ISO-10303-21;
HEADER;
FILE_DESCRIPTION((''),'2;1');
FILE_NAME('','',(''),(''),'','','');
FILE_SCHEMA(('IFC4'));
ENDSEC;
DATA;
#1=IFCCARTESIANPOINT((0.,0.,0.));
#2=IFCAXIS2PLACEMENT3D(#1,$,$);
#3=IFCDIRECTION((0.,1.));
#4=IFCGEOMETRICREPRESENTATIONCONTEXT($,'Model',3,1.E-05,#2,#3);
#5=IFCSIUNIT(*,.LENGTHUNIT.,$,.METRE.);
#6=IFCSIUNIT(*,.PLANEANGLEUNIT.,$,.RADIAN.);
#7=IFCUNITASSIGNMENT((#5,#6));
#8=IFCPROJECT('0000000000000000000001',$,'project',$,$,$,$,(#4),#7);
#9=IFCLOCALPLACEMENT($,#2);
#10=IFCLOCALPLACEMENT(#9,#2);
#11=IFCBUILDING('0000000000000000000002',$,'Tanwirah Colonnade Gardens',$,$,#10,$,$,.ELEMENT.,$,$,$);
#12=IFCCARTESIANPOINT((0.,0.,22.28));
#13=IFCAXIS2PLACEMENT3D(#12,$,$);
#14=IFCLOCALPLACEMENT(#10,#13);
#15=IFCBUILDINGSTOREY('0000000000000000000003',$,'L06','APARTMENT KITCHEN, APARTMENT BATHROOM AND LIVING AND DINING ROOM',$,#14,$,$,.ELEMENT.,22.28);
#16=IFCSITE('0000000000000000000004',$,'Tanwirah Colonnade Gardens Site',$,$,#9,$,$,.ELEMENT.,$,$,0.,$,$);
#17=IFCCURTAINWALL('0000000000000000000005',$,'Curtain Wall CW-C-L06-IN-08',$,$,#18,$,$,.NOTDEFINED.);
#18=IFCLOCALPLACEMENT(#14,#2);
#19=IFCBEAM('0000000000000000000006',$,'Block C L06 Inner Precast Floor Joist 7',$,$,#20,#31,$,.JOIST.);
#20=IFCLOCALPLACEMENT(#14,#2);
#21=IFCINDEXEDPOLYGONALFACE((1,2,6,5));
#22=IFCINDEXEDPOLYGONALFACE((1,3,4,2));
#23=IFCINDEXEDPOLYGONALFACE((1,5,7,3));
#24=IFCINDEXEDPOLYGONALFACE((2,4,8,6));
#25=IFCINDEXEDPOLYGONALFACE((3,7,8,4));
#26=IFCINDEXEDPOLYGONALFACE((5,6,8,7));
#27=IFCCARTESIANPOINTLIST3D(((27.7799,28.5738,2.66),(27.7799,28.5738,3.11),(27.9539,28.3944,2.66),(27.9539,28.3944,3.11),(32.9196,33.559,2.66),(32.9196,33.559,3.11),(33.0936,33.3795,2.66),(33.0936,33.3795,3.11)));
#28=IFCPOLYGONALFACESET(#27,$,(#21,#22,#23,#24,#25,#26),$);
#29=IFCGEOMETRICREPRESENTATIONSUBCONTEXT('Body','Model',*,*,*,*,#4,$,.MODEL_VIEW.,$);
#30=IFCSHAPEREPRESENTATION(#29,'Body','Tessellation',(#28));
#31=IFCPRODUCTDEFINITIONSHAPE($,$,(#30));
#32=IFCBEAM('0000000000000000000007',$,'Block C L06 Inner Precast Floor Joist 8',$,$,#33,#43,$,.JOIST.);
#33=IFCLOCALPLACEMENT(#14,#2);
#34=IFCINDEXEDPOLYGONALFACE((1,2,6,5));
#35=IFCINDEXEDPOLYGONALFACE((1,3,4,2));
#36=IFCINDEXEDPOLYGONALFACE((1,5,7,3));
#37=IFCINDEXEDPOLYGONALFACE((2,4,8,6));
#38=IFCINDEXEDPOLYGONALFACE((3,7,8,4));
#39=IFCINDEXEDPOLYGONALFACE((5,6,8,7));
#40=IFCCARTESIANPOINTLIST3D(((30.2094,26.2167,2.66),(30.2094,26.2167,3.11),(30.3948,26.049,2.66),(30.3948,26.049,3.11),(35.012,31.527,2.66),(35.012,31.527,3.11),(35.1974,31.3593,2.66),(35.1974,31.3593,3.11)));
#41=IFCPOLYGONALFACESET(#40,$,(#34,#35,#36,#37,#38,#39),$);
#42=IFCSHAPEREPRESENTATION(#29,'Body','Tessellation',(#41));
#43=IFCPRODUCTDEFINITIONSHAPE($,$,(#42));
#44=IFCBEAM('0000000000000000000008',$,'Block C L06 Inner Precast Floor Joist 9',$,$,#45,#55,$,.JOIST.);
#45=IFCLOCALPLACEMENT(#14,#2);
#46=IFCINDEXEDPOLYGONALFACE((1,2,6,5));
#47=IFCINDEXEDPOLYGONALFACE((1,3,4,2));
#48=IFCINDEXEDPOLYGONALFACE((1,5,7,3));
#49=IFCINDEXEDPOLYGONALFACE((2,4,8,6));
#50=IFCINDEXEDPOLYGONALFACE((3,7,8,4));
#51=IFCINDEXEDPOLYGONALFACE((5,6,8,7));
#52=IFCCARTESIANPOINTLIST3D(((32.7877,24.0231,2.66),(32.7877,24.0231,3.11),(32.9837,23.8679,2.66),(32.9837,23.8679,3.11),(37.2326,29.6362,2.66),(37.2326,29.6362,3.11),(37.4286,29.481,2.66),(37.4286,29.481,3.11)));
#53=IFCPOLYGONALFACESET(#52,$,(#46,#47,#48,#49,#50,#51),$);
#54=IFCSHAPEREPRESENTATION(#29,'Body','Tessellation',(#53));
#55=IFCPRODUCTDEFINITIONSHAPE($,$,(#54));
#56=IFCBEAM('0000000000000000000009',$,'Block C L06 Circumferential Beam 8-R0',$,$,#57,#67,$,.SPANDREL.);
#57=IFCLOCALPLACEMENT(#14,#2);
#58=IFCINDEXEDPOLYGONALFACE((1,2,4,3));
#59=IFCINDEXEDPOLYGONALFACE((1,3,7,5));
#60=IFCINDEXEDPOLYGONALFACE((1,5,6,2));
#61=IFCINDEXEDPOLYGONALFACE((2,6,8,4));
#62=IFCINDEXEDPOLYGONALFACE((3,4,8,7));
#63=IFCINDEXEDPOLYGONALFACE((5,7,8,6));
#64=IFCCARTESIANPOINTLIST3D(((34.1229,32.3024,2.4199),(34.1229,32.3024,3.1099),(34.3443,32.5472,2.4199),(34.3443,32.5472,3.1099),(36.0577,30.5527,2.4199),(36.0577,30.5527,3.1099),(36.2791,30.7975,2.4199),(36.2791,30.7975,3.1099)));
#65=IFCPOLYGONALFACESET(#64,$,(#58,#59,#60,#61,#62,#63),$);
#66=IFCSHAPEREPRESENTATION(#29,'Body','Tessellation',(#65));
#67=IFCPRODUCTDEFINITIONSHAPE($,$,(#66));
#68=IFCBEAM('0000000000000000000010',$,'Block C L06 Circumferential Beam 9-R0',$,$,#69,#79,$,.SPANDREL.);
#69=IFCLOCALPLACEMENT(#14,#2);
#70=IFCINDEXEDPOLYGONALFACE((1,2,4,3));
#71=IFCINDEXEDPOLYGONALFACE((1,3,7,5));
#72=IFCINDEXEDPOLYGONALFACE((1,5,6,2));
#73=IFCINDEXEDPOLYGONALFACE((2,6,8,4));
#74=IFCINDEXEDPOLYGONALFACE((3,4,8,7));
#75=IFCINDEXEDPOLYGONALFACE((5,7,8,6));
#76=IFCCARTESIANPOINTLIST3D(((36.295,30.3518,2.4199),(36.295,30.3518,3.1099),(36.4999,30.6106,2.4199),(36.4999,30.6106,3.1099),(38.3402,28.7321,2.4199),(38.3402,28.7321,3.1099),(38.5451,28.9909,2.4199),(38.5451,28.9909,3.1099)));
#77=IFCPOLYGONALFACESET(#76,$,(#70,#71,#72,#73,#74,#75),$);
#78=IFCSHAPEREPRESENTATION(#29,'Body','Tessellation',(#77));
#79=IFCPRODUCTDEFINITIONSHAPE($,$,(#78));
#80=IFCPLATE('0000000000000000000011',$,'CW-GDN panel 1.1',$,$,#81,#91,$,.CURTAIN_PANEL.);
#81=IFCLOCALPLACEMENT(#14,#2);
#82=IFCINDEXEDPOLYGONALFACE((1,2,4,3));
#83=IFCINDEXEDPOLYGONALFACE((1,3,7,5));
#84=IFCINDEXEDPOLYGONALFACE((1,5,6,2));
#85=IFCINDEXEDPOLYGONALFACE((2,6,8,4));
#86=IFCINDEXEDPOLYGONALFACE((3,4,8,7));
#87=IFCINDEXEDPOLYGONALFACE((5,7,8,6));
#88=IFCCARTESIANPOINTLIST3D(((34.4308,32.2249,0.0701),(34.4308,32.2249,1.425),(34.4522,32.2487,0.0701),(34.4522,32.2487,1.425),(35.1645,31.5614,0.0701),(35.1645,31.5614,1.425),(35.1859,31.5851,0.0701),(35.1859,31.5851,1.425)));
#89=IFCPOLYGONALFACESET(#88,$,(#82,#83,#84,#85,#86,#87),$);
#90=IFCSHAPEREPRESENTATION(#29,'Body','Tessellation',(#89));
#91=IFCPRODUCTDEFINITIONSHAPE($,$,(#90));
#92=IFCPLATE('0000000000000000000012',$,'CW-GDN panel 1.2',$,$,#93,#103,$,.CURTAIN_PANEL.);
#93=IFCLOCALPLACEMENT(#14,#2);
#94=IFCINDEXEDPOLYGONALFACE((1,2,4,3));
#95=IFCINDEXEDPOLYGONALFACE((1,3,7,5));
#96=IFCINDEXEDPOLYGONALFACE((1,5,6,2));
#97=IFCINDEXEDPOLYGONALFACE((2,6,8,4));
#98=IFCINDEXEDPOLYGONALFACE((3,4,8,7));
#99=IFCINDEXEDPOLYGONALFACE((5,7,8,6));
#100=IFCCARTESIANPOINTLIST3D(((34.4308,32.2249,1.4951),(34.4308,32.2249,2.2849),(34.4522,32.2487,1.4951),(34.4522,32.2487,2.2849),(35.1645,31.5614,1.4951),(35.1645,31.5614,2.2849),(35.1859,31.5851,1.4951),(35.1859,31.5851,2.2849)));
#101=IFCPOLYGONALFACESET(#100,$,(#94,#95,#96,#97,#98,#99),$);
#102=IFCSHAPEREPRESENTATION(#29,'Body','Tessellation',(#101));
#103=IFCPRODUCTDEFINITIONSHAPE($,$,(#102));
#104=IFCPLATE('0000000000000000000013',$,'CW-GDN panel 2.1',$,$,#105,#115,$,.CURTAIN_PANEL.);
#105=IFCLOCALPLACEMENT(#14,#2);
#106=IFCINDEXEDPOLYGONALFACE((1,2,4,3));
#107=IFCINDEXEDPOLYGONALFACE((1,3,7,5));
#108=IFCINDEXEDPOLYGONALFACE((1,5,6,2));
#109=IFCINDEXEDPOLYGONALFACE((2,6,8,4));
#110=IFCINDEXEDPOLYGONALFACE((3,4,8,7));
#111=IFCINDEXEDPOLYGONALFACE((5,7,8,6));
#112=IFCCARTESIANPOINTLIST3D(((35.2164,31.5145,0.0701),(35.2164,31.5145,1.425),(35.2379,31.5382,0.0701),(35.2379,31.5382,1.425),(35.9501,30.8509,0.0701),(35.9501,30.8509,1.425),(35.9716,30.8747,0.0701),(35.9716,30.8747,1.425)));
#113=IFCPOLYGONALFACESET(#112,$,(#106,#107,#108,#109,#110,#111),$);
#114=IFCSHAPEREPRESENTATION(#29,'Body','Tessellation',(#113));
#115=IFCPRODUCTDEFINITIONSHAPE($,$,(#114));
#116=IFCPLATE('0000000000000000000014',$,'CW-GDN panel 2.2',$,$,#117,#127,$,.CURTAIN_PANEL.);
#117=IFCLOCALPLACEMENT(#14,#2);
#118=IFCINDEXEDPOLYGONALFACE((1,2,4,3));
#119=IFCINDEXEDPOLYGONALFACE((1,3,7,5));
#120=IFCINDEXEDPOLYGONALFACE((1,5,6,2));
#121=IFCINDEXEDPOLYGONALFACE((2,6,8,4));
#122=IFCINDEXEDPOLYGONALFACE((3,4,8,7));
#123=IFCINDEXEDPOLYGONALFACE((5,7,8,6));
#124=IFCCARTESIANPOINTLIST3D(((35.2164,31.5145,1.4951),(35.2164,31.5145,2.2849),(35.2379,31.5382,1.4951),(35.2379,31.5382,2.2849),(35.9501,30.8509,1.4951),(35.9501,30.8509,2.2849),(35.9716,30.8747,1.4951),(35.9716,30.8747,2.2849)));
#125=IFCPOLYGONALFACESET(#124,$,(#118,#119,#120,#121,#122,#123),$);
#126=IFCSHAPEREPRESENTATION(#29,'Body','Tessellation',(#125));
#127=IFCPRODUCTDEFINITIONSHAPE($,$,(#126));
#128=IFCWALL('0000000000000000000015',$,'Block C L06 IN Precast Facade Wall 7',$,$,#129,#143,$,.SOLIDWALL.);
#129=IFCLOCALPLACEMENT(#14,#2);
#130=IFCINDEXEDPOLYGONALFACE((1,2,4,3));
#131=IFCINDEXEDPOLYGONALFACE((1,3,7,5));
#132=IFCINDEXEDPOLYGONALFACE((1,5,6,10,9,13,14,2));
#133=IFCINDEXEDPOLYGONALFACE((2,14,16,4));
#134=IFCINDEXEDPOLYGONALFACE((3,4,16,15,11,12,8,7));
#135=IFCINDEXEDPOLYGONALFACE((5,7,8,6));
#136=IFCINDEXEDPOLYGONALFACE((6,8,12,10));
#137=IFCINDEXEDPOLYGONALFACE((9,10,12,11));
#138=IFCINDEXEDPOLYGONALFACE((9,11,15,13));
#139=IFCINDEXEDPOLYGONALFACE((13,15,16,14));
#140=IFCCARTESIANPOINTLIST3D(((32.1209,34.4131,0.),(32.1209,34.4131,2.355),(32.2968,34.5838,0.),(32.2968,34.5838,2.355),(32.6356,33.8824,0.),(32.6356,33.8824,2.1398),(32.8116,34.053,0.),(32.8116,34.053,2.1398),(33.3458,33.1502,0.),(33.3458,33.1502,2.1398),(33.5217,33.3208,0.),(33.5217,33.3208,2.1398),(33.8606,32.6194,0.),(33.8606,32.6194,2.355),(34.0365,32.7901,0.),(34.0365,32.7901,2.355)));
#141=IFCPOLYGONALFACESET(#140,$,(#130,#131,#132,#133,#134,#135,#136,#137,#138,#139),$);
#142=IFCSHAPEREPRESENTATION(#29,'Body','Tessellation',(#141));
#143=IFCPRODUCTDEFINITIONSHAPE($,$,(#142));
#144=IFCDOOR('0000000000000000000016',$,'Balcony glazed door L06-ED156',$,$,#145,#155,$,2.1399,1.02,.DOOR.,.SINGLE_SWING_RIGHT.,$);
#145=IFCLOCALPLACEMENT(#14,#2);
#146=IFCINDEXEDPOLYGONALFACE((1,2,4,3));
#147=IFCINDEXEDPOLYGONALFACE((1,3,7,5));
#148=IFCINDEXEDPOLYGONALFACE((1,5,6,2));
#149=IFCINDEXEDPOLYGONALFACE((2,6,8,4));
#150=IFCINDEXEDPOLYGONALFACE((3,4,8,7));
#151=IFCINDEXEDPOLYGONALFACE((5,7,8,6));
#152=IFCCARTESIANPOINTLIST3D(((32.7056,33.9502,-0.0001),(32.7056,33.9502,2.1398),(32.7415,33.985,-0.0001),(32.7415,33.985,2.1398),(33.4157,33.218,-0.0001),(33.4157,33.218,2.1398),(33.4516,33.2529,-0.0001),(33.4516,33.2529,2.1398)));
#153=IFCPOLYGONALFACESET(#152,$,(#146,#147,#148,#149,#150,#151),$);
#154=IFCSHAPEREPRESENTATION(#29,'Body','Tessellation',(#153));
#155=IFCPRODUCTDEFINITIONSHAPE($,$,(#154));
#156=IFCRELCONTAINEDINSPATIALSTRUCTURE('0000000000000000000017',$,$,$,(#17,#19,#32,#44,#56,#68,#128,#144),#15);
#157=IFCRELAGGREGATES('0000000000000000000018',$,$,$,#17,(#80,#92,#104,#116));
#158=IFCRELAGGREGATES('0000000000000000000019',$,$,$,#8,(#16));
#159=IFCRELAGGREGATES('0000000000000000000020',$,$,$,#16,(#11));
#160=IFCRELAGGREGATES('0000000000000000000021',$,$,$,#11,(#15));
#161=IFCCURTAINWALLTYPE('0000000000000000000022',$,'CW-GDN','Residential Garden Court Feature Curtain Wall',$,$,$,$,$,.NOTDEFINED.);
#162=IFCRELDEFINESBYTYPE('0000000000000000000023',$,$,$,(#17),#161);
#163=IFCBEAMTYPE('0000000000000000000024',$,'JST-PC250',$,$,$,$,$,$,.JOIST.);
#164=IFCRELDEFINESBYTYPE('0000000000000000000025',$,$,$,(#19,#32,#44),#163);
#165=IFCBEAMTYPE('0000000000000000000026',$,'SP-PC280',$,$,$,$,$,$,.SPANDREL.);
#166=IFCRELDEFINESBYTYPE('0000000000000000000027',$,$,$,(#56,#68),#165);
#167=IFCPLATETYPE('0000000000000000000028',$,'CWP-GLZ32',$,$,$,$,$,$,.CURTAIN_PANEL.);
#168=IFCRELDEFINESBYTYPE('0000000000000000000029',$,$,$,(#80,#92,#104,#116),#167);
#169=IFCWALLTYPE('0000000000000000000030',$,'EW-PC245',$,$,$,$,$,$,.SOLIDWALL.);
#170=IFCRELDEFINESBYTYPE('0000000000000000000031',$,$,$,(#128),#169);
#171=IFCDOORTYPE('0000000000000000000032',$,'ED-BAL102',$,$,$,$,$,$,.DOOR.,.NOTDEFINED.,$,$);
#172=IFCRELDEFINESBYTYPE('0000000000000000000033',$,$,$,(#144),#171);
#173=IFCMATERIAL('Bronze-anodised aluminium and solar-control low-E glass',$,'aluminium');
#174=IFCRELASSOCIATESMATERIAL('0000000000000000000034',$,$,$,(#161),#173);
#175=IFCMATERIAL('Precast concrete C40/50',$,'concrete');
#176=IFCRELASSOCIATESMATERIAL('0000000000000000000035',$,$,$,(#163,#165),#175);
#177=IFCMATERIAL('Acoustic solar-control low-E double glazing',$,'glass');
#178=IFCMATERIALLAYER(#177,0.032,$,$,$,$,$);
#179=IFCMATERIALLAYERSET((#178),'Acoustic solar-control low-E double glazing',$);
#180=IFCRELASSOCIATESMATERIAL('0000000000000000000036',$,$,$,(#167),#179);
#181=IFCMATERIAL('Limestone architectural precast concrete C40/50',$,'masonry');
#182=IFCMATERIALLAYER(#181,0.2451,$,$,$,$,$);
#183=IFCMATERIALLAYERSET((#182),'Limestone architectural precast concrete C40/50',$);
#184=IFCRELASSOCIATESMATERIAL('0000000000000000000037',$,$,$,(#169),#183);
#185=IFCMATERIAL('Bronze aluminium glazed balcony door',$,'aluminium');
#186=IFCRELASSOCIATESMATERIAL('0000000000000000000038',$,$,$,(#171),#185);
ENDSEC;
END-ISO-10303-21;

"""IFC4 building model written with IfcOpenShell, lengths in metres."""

from ifc_helpers import new_model, si_unit, direction, frame, frame_2d, origin, origin_2d, place, context, subcontext, project, spatial, rectangle, extrude, material, layer, layer_set, material_profile, profile_set, type_object, element, fill, aggregate, save


model = new_model("IFC4")

# Units and contexts
model_context = context("Model", 3, precision=1e-05, world=origin(), true_north=direction((0.0, 1.0)))
body_context = subcontext(model_context, "Body", "Model", "MODEL_VIEW")
ifc_project = project(units=[si_unit("LENGTHUNIT", "METRE"), si_unit("PLANEANGLEUNIT", "RADIAN")], contexts=[model_context])

# Site, building, storey
site_placement = place(None, origin())
site = spatial("IfcSite", under=ifc_project, at=site_placement, Name="Tanwirah Colonnade Gardens Site", CompositionType="ELEMENT", RefElevation=0.0)
building_placement = place(site_placement, origin())
building = spatial("IfcBuilding", under=site, at=building_placement, Name="Tanwirah Colonnade Gardens", CompositionType="ELEMENT")
storey_placement = place(building_placement, frame((0.0, 0.0, 22.28)))
storey = spatial("IfcBuildingStorey", under=building, at=storey_placement, Name="L06", Description="APARTMENT KITCHEN, APARTMENT BATHROOM AND LIVING AND DINING ROOM", CompositionType="ELEMENT", Elevation=22.28)

# Shared definitions
ifc_material_1 = material(Name="Precast concrete C40/50", Category="concrete")

# Curtain wall
ifc_material_2 = material(Name="Bronze-anodised aluminium and solar-control low-E glass", Category="aluminium")
curtain_wall_type = type_object("IfcCurtainWallType", Name="CW-GDN", Description="Residential Garden Court Feature Curtain Wall", PredefinedType="NOTDEFINED", material=ifc_material_2)
curtain_wall_placement = place(storey_placement, origin())
curtain_wall = element("IfcCurtainWall", 1, at=curtain_wall_placement, inside=storey, type_object=curtain_wall_type, Name="Curtain Wall CW-C-L06-IN-08", PredefinedType="NOTDEFINED")

# Beams
ifc_material_profile_1 = material_profile(ifc_material_1, rectangle(XDim=0.25, YDim=0.45, at=origin_2d()), Name="PC-JST 250x450")
ifc_profile_set_1 = profile_set([ifc_material_profile_1], Name="Precast concrete C40/50")
beam_type_1 = type_object("IfcBeamType", Name="JST-PC250", PredefinedType="JOIST", material=ifc_profile_set_1)
beam_1_placement = place(storey_placement, frame((33.0066, 33.4692, 2.885), z_axis=(-0.717816, -0.696233, 0.0), x_axis=(0.696233, -0.717816, 0.0)))
element("IfcBeam", 2, at=beam_1_placement, inside=storey, type_object=beam_type_1, Name="Block C L06 Inner Precast Floor Joist 7", PredefinedType="JOIST", context=body_context, shape_type="SweptSolid", body=[
    extrude(rectangle(XDim=0.25, YDim=0.45, at=origin_2d()), origin(), (0.0, 0.0, 1.0), 7.1602),
])
for number, where, z_axis, x_axis, name in (
    (3, (35.1047, 31.4431, 2.885), (-0.670773, -0.741663, 0.0), (0.741663, -0.670773, 0.0), "Block C L06 Inner Precast Floor Joist 8"),
    (4, (37.3306, 29.5586, 2.885), (-0.620803, -0.783966, 0.0), (0.783966, -0.620803, 0.0), "Block C L06 Inner Precast Floor Joist 9"),
):
    element("IfcBeam", number, at=place(storey_placement, frame(where, z_axis=z_axis, x_axis=x_axis)), inside=storey, type_object=beam_type_1, Name=name, PredefinedType="JOIST", context=body_context, shape_type="SweptSolid", body=[
        extrude(rectangle(XDim=0.25, YDim=0.45, at=origin_2d()), origin(), (0.0, 0.0, 1.0), 7.1599),
    ])
ifc_material_profile_2 = material_profile(ifc_material_1, rectangle(XDim=0.3301, YDim=0.6899, at=origin_2d()), Name="PC-SP 330x690")
ifc_profile_set_2 = profile_set([ifc_material_profile_2], Name="Precast concrete C40/50")
beam_type_2 = type_object("IfcBeamType", Name="SP-PC280", PredefinedType="SPANDREL", material=ifc_profile_set_2)
beam_2_placement = place(storey_placement, frame((34.2336, 32.4248, 2.7649), z_axis=(0.741687, -0.670747, 0.0), x_axis=(0.670747, 0.741687, 0.0)))
element("IfcBeam", 5, at=beam_2_placement, inside=storey, type_object=beam_type_2, Name="Block C L06 Circumferential Beam 8-R0", PredefinedType="SPANDREL", context=body_context, shape_type="SweptSolid", body=[
    extrude(rectangle(XDim=0.3301, YDim=0.6899, at=origin_2d()), origin(), (0.0, 0.0, 1.0), 2.6086),
])
beam_3_placement = place(storey_placement, frame((36.3975, 30.4812, 2.7649), z_axis=(0.783945, -0.62083, 0.0), x_axis=(0.62083, 0.783945, 0.0)))
element("IfcBeam", 6, at=beam_3_placement, inside=storey, type_object=beam_type_2, Name="Block C L06 Circumferential Beam 9-R0", PredefinedType="SPANDREL", context=body_context, shape_type="SweptSolid", body=[
    extrude(rectangle(XDim=0.3301, YDim=0.6899, at=origin_2d()), origin(), (0.0, 0.0, 1.0), 2.6089),
])

# Plates
ifc_material_3 = material(Name="Acoustic solar-control low-E double glazing", Category="glass")
ifc_layer_1 = layer(ifc_material_3, 0.032)
ifc_layer_set_1 = layer_set([ifc_layer_1], Name="Acoustic solar-control low-E double glazing")
plate_type = type_object("IfcPlateType", Name="CWP-GLZ32", PredefinedType="CURTAIN_PANEL", material=ifc_layer_set_1)
plate_1_placement = place(storey_placement, frame((34.8083, 31.905, 0.0701), z_axis=(0.0, 0.0, 1.0), x_axis=(0.741683, -0.670751, 0.0)))
plate_1 = element("IfcPlate", 7, at=plate_1_placement, type_object=plate_type, Name="CW-GDN panel 1.1", PredefinedType="CURTAIN_PANEL", context=body_context, shape_type="SweptSolid", body=[
    extrude(rectangle(XDim=0.9893, YDim=0.032, at=origin_2d()), origin(), (0.0, 0.0, 1.0), 1.355),
])
plate_2_placement = place(storey_placement, frame((34.8083, 31.905, 1.4951), z_axis=(0.0, 0.0, 1.0), x_axis=(0.741683, -0.670751, 0.0)))
plate_2 = element("IfcPlate", 8, at=plate_2_placement, type_object=plate_type, Name="CW-GDN panel 1.2", PredefinedType="CURTAIN_PANEL", context=body_context, shape_type="SweptSolid", body=[
    extrude(rectangle(XDim=0.9893, YDim=0.032, at=origin_2d()), origin(), (0.0, 0.0, 1.0), 0.7898),
])
plate_3_placement = place(storey_placement, frame((35.594, 31.1946, 0.0701), z_axis=(0.0, 0.0, 1.0), x_axis=(0.741683, -0.670751, 0.0)))
plate_3 = element("IfcPlate", 9, at=plate_3_placement, type_object=plate_type, Name="CW-GDN panel 2.1", PredefinedType="CURTAIN_PANEL", context=body_context, shape_type="SweptSolid", body=[
    extrude(rectangle(XDim=0.9893, YDim=0.032, at=origin_2d()), origin(), (0.0, 0.0, 1.0), 1.355),
])
plate_4_placement = place(storey_placement, frame((35.594, 31.1946, 1.4951), z_axis=(0.0, 0.0, 1.0), x_axis=(0.741683, -0.670751, 0.0)))
plate_4 = element("IfcPlate", 10, at=plate_4_placement, type_object=plate_type, Name="CW-GDN panel 2.2", PredefinedType="CURTAIN_PANEL", context=body_context, shape_type="SweptSolid", body=[
    extrude(rectangle(XDim=0.9893, YDim=0.032, at=origin_2d()), origin(), (0.0, 0.0, 1.0), 0.7898),
])
aggregate(curtain_wall, [plate_1, plate_2, plate_3, plate_4])

# Wall, opening, door
ifc_material_4 = material(Name="Limestone architectural precast concrete C40/50", Category="masonry")
ifc_layer_2 = layer(ifc_material_4, 0.2451)
ifc_layer_set_2 = layer_set([ifc_layer_2], Name="Limestone architectural precast concrete C40/50")
wall_type_1 = type_object("IfcWallType", Name="EW-PC245", PredefinedType="SOLIDWALL", material=ifc_layer_set_2)
wall_1_placement = place(storey_placement, frame((32.2087, 34.4985, 0.0), z_axis=(0.0, 0.0, 1.0), x_axis=(0.696228, -0.71782, 0.0)))
wall_1 = element("IfcWall", 11, at=wall_1_placement, inside=storey, type_object=wall_type_1, Name="Block C L06 IN Precast Facade Wall 7", PredefinedType="SOLIDWALL", context=body_context, shape_type="SweptSolid", body=[
    extrude(rectangle(XDim=2.4988, YDim=0.2451, at=frame_2d((1.2495, 0.0))), origin(), (0.0, 0.0, 1.0), 2.355),
])
opening_1_placement = place(wall_1_placement, frame((0.7395, 0.0, 0.0)))
opening_1 = element("IfcOpeningElement", 12, at=opening_1_placement, cuts=wall_1, PredefinedType="OPENING", context=body_context, shape_type="SweptSolid", body=[
    extrude(rectangle(XDim=1.02, YDim=2.1399, at=frame_2d((0.51, 1.0698))), frame((0.0, 0.1326, 0.0), z_axis=(0.0, -1.0, 0.0), x_axis=(1.0, 0.0, 0.0)), (0.0, 0.0, 1.0), 0.2651),
])
ifc_material_5 = material(Name="Bronze aluminium glazed balcony door", Category="aluminium")
door_type_1 = type_object("IfcDoorType", Name="ED-BAL102", OperationType="NOTDEFINED", PredefinedType="DOOR", material=ifc_material_5)
door_1_placement = place(opening_1_placement, origin())
door_1 = element("IfcDoor", 13, at=door_1_placement, inside=storey, type_object=door_type_1, Name="Balcony glazed door L06-ED156", OperationType="SINGLE_SWING_RIGHT", OverallHeight=2.1399, OverallWidth=1.02, PredefinedType="DOOR", context=body_context, shape_type="SweptSolid", body=[
    extrude(rectangle(XDim=1.02, YDim=2.1399, at=frame_2d((0.51, 1.0698))), frame((0.0, 0.0249, 0.0), z_axis=(0.0, -1.0, 0.0), x_axis=(1.0, 0.0, 0.0)), (0.0, 0.0, 1.0), 0.05),
])
fill(opening_1, door_1)

save(model, "model.ifc")
